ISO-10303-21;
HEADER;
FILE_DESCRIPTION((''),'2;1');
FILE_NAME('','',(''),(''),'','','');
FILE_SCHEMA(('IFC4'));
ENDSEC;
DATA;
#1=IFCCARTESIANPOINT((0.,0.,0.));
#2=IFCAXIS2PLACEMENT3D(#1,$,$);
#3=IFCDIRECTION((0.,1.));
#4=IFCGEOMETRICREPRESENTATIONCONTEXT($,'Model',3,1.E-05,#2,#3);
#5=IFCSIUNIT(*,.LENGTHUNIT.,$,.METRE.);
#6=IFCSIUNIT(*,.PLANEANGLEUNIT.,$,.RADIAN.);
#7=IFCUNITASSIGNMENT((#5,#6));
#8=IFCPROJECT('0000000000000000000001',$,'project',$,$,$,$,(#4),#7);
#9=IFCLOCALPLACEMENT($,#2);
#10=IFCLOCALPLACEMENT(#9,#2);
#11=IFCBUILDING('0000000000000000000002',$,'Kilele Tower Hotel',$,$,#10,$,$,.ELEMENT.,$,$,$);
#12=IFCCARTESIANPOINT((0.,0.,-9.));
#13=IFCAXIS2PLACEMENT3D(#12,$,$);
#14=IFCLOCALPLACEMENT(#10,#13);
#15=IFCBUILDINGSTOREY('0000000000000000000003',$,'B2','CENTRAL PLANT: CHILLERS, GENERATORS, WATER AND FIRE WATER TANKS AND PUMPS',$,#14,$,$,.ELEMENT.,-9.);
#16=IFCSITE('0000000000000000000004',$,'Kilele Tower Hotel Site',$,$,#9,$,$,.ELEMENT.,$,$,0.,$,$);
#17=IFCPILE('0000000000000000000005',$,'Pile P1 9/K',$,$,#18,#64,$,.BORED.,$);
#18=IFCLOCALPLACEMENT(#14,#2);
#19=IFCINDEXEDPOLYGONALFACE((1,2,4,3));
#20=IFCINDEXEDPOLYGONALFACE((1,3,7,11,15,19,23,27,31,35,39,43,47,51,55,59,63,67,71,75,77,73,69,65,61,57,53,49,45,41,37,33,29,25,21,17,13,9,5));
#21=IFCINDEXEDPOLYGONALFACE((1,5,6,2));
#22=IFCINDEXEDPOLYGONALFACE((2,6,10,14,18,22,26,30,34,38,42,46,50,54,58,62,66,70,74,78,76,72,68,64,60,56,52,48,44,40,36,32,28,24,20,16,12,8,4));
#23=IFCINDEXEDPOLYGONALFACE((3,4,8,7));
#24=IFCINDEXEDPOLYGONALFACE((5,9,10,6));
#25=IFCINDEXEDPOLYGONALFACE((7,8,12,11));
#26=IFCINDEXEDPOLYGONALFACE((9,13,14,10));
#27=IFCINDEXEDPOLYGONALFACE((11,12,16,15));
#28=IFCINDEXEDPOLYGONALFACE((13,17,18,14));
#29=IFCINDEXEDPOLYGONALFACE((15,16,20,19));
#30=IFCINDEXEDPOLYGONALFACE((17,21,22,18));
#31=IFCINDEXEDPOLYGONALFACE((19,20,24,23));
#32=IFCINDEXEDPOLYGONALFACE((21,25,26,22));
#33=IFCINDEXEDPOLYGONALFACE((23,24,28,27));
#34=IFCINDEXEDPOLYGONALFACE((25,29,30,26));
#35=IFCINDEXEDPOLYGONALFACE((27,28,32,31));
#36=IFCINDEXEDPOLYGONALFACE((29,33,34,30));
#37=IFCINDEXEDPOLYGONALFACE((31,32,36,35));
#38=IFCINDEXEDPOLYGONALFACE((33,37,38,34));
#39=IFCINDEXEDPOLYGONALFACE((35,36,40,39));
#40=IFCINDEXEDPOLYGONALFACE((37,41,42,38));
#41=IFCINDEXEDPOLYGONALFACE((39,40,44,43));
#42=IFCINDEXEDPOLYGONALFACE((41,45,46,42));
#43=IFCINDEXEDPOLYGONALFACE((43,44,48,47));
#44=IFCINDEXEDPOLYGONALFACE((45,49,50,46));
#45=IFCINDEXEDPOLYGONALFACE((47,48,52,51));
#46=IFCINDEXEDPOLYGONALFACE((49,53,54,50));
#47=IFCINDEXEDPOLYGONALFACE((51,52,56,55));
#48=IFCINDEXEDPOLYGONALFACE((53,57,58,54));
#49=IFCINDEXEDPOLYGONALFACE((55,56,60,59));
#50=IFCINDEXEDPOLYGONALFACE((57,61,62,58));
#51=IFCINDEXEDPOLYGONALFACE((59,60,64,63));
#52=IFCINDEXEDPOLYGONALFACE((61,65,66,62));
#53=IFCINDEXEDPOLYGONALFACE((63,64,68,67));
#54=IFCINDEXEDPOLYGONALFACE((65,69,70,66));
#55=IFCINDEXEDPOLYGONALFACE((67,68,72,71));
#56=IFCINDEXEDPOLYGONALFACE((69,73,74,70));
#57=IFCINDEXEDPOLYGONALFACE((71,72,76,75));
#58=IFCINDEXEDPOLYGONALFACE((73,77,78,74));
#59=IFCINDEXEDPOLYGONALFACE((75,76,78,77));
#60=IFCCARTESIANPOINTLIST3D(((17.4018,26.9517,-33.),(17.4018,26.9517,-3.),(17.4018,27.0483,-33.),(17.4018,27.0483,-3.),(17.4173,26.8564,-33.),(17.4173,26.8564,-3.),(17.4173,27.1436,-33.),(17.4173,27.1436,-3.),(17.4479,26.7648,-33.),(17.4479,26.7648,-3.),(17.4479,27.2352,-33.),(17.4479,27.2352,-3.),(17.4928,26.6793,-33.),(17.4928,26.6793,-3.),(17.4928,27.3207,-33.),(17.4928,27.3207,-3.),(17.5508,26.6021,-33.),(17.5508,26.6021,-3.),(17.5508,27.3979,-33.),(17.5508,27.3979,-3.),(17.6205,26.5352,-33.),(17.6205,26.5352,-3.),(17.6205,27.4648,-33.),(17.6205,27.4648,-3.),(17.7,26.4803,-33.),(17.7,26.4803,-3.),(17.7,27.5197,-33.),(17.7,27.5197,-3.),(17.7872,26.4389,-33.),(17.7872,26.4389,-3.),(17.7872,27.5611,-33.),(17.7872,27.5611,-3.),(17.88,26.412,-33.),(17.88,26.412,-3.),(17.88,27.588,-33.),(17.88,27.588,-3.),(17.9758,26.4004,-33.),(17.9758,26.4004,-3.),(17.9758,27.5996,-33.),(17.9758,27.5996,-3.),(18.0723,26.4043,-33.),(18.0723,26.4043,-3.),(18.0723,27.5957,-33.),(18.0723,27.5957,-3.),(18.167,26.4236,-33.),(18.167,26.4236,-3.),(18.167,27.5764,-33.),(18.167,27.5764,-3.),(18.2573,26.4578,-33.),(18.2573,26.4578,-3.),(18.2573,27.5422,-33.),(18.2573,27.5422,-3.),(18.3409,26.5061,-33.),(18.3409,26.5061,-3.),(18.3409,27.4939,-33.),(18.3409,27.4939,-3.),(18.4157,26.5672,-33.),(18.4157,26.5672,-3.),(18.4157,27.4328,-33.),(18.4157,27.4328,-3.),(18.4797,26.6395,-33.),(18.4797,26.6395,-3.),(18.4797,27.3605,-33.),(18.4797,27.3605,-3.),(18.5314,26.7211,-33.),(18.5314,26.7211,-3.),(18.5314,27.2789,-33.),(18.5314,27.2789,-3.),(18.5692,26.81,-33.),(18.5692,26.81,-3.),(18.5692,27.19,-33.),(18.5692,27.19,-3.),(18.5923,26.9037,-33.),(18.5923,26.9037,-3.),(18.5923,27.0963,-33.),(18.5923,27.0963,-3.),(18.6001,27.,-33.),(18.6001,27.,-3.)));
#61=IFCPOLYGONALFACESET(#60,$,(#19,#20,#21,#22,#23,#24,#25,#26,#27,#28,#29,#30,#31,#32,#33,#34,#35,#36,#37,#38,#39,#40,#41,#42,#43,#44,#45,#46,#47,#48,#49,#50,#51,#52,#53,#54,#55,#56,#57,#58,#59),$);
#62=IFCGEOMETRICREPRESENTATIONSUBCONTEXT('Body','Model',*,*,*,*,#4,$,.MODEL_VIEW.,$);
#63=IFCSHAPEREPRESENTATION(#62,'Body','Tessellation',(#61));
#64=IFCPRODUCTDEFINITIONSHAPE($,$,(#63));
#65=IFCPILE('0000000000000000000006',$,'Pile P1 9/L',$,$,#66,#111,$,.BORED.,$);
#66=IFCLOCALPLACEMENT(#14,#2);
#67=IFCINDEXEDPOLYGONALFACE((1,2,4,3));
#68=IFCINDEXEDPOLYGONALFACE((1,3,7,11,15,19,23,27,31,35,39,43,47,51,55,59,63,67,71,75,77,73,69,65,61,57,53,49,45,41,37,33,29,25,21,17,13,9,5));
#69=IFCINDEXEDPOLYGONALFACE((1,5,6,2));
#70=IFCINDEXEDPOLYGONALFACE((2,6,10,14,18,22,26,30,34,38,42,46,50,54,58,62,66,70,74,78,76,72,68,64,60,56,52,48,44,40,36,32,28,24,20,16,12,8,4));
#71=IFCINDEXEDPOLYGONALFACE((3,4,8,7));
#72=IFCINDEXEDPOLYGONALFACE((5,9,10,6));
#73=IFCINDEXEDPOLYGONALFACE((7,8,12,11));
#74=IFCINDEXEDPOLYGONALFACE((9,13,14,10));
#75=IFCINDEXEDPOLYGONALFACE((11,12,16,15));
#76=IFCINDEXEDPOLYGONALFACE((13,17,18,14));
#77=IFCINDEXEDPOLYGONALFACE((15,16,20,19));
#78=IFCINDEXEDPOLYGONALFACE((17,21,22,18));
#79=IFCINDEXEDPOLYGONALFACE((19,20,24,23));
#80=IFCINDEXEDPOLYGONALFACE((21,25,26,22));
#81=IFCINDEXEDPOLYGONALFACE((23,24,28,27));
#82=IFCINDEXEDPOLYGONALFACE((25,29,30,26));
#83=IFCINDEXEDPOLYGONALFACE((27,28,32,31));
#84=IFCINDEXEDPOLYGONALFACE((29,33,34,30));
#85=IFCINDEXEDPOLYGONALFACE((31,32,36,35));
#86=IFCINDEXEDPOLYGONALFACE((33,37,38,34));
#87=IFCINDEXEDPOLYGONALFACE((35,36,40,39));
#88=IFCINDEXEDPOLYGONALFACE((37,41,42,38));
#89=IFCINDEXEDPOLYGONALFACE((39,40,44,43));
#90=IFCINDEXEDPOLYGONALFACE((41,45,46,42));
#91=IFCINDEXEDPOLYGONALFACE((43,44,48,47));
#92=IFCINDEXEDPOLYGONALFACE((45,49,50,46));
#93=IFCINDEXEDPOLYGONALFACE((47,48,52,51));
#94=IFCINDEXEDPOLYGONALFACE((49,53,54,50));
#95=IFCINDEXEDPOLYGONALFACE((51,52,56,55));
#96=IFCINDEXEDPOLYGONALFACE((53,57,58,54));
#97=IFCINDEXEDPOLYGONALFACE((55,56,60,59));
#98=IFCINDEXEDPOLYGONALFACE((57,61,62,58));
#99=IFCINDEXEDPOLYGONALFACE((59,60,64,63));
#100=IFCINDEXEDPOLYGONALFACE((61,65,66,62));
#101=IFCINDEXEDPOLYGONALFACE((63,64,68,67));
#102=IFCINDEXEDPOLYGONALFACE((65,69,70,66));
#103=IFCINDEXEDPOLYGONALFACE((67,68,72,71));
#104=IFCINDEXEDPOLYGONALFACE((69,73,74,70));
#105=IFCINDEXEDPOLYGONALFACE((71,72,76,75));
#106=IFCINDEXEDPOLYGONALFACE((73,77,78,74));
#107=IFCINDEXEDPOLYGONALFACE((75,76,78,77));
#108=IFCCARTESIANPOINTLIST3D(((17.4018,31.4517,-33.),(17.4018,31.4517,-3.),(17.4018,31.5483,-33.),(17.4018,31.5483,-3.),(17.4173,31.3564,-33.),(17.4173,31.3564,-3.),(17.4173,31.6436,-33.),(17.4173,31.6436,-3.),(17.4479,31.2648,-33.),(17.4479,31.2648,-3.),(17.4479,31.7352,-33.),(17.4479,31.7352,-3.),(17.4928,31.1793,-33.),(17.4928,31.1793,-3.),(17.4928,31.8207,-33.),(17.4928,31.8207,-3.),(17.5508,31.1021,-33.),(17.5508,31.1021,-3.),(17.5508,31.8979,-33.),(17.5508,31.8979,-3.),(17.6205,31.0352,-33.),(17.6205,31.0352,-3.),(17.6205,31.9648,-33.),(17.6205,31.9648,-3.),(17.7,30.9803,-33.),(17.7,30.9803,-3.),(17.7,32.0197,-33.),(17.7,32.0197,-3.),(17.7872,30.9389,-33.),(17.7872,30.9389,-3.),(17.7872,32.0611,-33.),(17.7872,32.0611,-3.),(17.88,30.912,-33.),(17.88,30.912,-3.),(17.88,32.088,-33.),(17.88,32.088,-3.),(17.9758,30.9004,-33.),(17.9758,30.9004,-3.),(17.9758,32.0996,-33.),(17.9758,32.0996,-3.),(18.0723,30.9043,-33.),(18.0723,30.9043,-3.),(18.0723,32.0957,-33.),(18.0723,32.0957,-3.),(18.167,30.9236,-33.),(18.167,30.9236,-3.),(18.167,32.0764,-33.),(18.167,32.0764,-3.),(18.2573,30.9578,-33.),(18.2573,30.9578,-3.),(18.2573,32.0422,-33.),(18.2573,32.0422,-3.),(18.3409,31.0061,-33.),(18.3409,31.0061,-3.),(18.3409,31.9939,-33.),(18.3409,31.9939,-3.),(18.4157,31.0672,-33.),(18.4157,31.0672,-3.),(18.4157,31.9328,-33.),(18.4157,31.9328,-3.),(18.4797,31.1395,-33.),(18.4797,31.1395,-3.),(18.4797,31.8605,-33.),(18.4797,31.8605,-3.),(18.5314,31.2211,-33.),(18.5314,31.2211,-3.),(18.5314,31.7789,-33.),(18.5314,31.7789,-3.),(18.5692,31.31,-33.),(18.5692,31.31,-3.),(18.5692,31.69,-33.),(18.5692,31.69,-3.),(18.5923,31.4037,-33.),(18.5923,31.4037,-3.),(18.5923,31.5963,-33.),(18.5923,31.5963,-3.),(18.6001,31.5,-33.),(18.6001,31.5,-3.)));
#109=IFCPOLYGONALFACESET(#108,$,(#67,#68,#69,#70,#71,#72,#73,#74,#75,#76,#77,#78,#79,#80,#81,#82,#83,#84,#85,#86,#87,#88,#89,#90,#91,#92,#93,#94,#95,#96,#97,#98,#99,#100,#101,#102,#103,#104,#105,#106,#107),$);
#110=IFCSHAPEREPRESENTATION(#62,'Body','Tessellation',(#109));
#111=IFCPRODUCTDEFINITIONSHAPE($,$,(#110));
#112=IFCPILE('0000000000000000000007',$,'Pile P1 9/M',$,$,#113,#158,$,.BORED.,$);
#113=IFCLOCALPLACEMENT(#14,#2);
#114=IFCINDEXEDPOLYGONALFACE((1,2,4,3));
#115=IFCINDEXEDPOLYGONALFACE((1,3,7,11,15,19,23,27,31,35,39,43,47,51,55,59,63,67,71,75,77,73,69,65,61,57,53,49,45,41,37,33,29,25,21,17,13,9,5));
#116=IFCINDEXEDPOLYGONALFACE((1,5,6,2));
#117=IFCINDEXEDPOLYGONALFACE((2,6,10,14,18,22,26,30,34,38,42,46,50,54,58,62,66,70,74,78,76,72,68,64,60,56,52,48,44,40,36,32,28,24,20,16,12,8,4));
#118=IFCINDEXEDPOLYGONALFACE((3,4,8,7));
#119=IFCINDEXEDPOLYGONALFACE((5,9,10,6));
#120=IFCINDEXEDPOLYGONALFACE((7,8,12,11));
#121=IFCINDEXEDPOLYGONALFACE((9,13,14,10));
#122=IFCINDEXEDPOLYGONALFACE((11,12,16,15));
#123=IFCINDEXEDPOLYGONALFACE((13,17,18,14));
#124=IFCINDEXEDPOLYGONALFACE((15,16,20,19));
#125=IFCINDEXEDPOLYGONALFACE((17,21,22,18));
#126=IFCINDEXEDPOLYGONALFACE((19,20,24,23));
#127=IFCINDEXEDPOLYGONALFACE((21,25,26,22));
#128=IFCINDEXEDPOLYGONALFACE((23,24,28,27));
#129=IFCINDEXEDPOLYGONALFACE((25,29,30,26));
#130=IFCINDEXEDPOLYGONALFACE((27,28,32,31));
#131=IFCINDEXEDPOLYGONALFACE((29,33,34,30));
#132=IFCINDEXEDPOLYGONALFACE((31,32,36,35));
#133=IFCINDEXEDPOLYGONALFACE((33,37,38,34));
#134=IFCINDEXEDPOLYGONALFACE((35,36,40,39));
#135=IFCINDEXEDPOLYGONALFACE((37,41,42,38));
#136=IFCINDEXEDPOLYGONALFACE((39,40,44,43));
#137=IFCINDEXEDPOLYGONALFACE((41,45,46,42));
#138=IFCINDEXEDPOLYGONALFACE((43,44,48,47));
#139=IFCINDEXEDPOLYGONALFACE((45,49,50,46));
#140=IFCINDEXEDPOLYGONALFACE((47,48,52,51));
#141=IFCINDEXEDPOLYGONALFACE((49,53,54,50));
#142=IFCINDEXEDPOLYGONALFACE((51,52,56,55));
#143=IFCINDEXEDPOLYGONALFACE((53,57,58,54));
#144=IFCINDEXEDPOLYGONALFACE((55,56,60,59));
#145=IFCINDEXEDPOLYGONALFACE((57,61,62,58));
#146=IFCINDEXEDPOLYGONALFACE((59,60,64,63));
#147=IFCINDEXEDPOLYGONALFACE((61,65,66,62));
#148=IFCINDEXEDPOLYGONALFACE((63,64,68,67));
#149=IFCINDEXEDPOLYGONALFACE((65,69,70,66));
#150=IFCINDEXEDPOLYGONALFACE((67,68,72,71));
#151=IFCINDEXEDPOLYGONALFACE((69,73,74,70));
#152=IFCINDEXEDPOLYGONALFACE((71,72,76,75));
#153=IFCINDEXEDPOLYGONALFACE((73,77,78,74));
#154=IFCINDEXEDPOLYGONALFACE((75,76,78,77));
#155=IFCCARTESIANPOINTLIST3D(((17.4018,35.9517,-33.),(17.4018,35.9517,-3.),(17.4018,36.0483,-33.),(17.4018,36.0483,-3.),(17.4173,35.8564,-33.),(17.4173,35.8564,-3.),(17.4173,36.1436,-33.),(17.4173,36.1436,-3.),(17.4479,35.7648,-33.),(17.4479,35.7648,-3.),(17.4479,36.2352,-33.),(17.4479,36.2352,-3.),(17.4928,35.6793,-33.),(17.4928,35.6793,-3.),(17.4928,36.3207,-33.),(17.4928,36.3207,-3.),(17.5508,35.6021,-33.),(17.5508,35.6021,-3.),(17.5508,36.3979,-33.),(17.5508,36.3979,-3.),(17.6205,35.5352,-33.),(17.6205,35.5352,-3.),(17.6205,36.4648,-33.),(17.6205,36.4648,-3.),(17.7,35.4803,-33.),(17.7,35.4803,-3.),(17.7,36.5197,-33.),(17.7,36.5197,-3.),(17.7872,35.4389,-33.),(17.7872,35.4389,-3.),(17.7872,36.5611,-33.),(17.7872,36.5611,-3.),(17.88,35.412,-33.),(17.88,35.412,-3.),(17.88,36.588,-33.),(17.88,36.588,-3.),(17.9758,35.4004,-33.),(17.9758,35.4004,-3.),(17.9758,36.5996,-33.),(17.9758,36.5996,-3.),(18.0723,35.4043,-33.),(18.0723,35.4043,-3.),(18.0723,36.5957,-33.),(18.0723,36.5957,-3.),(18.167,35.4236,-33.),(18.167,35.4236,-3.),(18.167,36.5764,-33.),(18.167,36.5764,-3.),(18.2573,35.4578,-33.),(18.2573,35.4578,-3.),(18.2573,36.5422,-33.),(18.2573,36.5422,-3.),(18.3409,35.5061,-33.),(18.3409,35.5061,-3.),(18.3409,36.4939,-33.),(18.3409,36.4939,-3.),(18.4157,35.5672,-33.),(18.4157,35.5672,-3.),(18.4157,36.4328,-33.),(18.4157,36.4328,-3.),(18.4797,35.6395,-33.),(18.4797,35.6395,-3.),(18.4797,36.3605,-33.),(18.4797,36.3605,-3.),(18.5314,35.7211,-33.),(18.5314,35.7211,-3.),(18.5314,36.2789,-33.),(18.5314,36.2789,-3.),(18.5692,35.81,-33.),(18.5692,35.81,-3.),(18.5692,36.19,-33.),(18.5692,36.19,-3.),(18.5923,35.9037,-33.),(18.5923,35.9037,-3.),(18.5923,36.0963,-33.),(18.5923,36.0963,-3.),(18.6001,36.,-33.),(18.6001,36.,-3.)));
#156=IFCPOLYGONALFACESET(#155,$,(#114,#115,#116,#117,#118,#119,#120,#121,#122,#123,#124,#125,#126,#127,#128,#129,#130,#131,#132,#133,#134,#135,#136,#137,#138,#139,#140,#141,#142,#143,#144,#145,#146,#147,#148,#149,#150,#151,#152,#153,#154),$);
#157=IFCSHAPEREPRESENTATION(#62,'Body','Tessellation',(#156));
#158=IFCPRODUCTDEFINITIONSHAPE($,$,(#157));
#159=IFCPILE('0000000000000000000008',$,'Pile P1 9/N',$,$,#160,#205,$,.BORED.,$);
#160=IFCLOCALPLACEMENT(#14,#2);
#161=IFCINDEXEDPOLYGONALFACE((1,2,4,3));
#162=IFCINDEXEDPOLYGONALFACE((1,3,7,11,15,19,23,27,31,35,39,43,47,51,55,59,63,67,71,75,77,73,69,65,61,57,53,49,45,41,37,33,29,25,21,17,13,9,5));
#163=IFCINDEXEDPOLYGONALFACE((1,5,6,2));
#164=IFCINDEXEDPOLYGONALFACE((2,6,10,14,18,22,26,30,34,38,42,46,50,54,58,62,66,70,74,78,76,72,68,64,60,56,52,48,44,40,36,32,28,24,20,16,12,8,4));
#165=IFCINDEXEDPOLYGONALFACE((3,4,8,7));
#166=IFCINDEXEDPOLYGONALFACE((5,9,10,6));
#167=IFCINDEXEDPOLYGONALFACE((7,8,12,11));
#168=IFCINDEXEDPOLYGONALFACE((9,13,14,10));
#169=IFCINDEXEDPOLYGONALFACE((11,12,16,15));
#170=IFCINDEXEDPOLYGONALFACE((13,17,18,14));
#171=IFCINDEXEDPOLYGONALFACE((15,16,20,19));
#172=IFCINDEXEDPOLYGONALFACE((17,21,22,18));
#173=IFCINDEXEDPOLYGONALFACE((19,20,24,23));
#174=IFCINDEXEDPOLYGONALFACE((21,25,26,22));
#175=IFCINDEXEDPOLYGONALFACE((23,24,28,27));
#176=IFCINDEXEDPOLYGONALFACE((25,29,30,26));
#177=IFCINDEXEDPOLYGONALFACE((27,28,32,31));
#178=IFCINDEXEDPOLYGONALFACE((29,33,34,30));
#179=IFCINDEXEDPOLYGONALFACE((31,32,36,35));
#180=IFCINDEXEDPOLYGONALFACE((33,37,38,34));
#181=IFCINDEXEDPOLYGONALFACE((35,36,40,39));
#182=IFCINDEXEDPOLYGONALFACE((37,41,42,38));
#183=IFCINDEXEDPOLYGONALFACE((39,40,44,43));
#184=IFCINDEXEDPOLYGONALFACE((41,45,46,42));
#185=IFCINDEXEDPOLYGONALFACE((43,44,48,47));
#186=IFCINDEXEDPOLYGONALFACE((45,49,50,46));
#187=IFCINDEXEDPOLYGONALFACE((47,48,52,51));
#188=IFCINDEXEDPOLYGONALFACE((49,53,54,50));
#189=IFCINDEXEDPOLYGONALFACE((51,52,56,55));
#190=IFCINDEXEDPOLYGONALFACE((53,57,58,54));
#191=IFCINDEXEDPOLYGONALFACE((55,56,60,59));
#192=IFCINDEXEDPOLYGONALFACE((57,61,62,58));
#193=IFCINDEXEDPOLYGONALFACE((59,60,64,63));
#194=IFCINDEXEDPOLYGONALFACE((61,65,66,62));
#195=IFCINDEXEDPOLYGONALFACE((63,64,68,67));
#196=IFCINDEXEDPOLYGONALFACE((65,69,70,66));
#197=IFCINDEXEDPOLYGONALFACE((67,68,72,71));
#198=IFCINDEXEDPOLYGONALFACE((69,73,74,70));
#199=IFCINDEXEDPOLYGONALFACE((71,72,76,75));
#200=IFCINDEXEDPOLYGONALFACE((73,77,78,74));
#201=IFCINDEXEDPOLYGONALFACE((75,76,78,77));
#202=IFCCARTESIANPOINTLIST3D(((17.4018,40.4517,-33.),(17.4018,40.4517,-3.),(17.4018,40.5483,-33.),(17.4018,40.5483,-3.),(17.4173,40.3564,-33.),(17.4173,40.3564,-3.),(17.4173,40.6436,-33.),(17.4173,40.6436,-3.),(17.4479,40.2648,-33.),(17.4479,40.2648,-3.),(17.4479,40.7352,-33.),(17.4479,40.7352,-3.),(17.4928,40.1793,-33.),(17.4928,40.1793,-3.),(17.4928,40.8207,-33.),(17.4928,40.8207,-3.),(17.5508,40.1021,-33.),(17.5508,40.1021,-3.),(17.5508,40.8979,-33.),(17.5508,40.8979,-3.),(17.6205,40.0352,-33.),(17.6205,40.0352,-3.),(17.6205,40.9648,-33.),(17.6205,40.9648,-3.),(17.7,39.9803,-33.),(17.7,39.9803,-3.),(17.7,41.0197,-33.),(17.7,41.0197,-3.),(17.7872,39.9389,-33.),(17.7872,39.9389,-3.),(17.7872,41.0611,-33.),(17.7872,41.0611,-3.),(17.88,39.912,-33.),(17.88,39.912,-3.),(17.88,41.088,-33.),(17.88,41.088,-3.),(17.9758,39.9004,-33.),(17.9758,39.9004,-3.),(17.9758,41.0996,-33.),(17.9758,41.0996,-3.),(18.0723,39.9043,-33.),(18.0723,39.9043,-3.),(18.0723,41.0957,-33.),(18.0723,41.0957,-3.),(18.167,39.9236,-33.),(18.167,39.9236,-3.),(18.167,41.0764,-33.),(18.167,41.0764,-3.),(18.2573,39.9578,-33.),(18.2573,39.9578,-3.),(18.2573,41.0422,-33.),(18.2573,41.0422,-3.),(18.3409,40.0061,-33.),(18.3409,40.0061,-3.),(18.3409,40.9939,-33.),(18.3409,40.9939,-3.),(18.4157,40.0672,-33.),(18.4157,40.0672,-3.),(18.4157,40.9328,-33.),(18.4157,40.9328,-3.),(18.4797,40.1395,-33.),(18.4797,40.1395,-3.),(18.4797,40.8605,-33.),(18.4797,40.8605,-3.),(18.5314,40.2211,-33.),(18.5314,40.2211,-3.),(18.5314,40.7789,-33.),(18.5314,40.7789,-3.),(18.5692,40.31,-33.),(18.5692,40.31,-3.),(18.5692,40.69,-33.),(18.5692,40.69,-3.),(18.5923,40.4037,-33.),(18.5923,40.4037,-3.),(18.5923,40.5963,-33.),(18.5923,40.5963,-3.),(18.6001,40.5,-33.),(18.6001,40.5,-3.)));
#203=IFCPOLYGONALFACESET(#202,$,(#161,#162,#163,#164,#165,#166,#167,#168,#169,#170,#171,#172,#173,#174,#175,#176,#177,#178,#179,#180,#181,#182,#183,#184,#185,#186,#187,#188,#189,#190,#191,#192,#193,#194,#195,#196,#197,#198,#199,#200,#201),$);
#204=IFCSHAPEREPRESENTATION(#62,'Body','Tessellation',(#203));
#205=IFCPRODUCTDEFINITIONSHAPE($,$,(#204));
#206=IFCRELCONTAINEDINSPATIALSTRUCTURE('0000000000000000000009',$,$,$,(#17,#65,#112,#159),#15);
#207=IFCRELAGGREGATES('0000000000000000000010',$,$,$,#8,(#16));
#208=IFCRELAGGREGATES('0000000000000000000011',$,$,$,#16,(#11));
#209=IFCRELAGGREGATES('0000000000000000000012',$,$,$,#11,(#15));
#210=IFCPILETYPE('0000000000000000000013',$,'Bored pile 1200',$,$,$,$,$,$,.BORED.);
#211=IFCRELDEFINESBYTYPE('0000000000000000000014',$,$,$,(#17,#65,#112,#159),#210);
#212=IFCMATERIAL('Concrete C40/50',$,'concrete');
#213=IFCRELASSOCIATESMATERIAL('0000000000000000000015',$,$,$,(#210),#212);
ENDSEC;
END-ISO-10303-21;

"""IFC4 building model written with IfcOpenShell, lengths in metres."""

from ifc_helpers import new_model, si_unit, direction, frame, origin, origin_2d, place, context, subcontext, project, spatial, circle, extrude, material, material_profile, profile_set, type_object, element, save


model = new_model("IFC4")

# Units and contexts
model_context = context("Model", 3, precision=1e-05, world=origin(), true_north=direction((0.0, 1.0)))
body_context = subcontext(model_context, "Body", "Model", "MODEL_VIEW")
ifc_project = project(units=[si_unit("LENGTHUNIT", "METRE"), si_unit("PLANEANGLEUNIT", "RADIAN")], contexts=[model_context])

# Site, building, storey
site_placement = place(None, origin())
site = spatial("IfcSite", under=ifc_project, at=site_placement, Name="Kilele Tower Hotel Site", CompositionType="ELEMENT", RefElevation=0.0)
building_placement = place(site_placement, origin())
building = spatial("IfcBuilding", under=site, at=building_placement, Name="Kilele Tower Hotel", CompositionType="ELEMENT")
storey_placement = place(building_placement, frame((0.0, 0.0, -9.0)))
storey = spatial("IfcBuildingStorey", under=building, at=storey_placement, Name="B2", Description="CENTRAL PLANT: CHILLERS, GENERATORS, WATER AND FIRE WATER TANKS AND PUMPS", CompositionType="ELEMENT", Elevation=-9.0)

# Piles
ifc_material_1 = material(Name="Concrete C40/50", Category="concrete")
ifc_material_profile_1 = material_profile(ifc_material_1, circle(Radius=0.6001, at=origin_2d()))
ifc_profile_set_1 = profile_set([ifc_material_profile_1], Name="Concrete C40/50")
pile_type = type_object("IfcPileType", Name="Bored pile 1200", PredefinedType="BORED", material=ifc_profile_set_1)
for number, where, z_axis, x_axis, name in (
    (1, (18.0, 27.0, -3.0), (0.0, 0.0, -1.0), (1.0, 0.0, 0.0), "Pile P1 9/K"),
    (2, (18.0, 31.5, -3.0), (0.0, 0.0, -1.0), (1.0, 0.0, 0.0), "Pile P1 9/L"),
    (3, (18.0, 36.0, -3.0), (0.0, 0.0, -1.0), (1.0, 0.0, 0.0), "Pile P1 9/M"),
    (4, (18.0, 40.5, -3.0), (0.0, 0.0, -1.0), (1.0, 0.0, 0.0), "Pile P1 9/N"),
):
    element("IfcPile", number, at=place(storey_placement, frame(where, z_axis=z_axis, x_axis=x_axis)), inside=storey, type_object=pile_type, Name=name, PredefinedType="BORED", context=body_context, shape_type="SweptSolid", body=[
        extrude(circle(Radius=0.6001, at=origin_2d()), origin(), (0.0, 0.0, 1.0), 30.0),
    ])

save(model, "model.ifc")
